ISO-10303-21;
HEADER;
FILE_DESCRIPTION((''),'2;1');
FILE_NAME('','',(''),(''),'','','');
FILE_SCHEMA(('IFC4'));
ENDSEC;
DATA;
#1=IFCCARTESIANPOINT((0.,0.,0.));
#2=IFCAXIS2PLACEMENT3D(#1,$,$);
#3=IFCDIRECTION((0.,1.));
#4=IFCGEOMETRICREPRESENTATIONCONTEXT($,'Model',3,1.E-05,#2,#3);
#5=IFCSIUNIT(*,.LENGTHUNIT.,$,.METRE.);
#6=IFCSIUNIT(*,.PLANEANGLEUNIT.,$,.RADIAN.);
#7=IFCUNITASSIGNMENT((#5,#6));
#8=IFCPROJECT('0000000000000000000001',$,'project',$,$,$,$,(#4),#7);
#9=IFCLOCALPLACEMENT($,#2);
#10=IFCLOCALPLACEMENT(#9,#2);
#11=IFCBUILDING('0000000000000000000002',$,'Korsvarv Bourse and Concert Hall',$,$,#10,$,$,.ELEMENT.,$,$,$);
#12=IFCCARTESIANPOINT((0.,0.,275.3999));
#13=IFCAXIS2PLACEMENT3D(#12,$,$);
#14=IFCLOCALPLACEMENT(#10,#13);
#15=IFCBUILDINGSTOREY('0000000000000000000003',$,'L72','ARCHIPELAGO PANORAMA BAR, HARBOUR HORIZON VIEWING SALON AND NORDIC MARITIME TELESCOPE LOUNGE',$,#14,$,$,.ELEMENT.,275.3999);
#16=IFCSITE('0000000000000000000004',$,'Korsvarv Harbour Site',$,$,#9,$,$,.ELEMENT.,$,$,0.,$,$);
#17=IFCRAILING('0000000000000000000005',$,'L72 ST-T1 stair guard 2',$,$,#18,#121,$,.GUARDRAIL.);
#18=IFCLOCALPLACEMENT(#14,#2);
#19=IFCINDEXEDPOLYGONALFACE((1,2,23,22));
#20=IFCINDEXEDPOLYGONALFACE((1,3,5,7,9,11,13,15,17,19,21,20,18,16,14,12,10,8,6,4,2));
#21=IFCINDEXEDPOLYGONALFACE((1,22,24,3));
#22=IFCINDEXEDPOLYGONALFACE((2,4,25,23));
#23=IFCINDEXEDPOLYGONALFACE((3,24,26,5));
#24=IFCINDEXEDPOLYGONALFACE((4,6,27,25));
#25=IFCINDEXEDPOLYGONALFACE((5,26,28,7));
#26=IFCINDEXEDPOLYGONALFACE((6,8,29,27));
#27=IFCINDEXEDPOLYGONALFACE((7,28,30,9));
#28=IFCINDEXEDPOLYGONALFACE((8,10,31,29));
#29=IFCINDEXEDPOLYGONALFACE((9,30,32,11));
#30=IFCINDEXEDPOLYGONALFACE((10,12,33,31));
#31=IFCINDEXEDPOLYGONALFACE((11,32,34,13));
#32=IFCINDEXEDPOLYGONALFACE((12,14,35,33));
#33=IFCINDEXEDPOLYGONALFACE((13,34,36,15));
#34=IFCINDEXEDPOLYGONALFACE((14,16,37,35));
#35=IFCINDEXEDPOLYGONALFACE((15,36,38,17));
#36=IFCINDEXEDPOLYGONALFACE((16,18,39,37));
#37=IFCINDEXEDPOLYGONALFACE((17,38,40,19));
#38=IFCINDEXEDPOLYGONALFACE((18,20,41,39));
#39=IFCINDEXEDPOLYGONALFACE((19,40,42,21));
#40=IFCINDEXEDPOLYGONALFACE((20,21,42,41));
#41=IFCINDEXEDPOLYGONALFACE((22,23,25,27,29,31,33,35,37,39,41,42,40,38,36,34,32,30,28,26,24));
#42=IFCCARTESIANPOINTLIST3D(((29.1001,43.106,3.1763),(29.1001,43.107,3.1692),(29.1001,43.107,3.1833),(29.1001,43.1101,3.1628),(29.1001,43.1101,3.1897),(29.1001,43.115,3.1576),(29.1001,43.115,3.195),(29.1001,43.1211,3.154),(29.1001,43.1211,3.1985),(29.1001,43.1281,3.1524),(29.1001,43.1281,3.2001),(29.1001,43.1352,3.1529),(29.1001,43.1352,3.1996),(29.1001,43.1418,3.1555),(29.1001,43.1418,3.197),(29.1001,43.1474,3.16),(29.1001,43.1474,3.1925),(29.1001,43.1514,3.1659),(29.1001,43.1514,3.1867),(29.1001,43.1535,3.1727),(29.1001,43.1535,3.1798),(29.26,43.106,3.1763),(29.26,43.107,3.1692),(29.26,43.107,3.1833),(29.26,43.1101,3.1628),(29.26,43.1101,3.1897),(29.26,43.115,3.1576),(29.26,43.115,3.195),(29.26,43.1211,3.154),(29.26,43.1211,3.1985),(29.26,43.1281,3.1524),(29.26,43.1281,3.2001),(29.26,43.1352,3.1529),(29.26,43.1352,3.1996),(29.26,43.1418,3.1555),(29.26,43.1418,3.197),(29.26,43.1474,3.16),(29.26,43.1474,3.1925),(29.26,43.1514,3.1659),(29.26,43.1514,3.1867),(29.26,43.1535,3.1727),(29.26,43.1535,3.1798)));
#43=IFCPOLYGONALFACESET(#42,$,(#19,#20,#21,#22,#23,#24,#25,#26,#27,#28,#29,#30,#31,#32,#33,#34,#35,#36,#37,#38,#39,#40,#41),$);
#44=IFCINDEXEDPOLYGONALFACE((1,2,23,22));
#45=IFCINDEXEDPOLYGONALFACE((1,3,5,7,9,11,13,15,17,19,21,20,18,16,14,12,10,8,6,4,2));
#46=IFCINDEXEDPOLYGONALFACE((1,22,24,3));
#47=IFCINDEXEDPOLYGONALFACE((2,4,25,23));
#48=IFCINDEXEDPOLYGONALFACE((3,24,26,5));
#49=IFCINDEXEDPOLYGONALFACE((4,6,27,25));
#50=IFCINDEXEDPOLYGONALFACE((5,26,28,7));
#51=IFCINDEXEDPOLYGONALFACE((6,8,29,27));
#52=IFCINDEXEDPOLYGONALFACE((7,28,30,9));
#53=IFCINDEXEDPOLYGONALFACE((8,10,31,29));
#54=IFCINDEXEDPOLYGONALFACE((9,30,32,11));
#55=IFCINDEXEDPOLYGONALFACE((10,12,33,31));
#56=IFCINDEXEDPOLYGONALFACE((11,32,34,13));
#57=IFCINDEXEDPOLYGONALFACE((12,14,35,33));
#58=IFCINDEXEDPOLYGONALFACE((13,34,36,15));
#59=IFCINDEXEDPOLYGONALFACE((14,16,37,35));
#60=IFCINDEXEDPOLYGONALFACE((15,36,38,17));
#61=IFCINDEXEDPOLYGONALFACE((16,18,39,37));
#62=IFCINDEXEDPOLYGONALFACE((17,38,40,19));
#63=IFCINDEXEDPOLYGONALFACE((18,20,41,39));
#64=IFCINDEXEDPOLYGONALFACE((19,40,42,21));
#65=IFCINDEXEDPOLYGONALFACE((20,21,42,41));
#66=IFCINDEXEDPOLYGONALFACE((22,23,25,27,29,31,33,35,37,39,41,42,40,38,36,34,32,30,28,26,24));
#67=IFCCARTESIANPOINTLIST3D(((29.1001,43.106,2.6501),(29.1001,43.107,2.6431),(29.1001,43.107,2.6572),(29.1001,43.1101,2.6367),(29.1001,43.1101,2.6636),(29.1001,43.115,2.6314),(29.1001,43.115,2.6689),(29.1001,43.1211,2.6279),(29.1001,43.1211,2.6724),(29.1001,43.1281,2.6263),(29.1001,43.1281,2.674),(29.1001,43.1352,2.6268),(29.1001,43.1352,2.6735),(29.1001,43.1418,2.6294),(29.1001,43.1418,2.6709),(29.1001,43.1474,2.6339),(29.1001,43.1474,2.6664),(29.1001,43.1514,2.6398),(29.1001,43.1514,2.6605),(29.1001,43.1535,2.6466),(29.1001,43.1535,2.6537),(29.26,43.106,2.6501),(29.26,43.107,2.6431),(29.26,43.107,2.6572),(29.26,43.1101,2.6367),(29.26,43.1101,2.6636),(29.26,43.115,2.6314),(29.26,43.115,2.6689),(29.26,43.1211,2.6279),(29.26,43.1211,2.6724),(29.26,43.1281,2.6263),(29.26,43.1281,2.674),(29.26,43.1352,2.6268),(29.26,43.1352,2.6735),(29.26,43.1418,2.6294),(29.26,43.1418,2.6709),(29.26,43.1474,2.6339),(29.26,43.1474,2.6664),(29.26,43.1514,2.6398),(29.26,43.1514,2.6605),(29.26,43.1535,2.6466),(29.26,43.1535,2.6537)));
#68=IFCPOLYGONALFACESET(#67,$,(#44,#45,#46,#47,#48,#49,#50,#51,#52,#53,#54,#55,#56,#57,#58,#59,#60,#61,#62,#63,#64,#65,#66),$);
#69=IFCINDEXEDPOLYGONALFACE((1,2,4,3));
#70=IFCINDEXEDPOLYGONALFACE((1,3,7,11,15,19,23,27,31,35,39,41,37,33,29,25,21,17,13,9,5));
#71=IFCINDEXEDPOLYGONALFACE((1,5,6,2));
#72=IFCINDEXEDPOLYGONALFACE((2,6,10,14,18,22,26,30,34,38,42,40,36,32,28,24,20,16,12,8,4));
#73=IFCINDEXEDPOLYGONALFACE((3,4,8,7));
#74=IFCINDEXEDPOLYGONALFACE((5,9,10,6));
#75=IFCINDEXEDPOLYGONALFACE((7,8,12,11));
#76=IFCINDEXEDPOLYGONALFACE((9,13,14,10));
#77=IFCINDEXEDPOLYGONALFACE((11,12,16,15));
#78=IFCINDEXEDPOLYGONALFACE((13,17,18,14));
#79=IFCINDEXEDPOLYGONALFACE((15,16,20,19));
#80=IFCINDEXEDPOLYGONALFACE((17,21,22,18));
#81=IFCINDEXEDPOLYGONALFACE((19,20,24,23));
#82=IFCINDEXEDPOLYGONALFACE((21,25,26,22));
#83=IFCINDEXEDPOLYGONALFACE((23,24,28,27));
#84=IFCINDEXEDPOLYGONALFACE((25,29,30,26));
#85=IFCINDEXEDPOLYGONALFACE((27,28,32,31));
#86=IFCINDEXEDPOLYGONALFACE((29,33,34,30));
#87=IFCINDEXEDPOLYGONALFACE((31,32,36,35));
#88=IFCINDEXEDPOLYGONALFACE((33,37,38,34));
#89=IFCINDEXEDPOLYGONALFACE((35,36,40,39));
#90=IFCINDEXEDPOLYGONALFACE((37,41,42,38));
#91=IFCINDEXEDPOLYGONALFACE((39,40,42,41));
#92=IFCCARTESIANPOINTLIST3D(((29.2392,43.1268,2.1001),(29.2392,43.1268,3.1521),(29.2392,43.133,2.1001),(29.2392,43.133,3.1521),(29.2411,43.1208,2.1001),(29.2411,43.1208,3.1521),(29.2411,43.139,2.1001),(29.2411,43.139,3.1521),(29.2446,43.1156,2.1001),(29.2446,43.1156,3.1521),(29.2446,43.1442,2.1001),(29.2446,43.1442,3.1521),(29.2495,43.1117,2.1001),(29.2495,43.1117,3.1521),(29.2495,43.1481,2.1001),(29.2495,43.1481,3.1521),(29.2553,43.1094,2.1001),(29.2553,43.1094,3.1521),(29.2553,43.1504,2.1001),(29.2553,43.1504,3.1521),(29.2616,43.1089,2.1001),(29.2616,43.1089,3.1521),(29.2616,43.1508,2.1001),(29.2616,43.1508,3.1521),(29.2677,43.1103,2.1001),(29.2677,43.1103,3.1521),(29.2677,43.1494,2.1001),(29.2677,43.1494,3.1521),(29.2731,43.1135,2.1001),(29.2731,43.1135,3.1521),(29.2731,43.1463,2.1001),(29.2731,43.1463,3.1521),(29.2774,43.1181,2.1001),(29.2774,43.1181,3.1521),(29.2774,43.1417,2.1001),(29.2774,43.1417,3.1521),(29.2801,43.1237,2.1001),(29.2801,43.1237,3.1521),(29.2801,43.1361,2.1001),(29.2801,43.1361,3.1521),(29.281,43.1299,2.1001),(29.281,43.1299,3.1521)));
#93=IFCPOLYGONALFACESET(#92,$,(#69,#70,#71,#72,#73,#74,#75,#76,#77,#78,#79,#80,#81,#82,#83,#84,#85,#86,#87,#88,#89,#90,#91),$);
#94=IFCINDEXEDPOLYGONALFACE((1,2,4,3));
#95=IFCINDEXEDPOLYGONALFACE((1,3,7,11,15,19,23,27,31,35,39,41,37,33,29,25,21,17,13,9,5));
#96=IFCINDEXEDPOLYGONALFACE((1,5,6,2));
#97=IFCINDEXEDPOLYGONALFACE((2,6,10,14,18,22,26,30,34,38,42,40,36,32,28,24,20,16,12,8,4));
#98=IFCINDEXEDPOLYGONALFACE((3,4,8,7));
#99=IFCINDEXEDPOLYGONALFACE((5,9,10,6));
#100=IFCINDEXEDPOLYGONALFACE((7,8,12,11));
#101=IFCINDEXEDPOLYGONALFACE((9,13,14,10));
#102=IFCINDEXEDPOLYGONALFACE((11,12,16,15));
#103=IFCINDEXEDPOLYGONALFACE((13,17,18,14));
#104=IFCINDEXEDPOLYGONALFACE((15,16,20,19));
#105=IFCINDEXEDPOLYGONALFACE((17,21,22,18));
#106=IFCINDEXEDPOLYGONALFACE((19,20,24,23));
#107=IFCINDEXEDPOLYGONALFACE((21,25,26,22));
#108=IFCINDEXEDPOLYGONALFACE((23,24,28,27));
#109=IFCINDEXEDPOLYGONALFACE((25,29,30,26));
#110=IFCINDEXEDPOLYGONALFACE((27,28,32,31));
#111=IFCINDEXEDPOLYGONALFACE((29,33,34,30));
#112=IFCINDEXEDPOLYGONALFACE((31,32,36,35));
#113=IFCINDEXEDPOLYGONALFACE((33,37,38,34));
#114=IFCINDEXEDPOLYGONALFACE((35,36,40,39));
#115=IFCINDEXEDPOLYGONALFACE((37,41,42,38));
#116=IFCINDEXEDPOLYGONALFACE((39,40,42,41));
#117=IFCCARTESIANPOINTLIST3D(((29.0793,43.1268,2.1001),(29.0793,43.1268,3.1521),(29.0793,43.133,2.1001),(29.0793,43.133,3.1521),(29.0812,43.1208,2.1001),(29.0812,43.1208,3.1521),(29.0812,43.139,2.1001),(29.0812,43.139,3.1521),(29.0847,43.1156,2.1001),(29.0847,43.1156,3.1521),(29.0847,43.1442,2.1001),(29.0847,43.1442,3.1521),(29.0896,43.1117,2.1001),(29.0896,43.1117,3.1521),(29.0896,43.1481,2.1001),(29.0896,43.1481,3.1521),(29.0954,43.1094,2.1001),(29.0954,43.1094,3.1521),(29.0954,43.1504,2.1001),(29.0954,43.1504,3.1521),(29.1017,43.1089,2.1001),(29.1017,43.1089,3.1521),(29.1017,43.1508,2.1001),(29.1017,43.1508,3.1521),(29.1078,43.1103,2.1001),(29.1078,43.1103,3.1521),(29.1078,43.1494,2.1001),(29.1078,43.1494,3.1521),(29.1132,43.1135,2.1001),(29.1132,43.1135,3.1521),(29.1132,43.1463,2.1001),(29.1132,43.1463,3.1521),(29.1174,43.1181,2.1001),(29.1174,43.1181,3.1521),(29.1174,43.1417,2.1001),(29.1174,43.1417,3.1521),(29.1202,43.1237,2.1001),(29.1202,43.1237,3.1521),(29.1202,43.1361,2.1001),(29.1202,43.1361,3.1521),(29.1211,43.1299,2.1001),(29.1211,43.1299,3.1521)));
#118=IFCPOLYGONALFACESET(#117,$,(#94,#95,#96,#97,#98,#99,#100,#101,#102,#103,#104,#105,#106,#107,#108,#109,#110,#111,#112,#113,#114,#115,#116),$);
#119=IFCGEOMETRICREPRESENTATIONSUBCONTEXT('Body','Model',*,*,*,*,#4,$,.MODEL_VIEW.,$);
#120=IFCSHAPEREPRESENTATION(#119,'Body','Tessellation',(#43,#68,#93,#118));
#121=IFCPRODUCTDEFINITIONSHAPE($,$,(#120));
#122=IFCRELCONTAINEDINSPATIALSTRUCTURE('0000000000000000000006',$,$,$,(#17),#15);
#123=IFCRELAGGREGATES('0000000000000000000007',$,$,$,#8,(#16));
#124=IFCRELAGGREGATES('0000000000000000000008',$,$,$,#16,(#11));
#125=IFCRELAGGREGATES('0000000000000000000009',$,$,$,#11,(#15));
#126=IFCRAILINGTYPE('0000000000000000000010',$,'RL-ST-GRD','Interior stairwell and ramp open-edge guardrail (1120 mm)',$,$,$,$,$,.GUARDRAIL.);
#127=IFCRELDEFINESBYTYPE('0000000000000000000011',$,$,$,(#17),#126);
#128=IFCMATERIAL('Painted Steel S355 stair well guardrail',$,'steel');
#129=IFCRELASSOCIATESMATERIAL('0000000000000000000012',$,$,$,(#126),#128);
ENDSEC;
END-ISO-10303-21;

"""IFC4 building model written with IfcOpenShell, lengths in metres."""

from ifc_helpers import new_model, si_unit, direction, frame, origin, origin_2d, place, context, subcontext, project, spatial, circle, extrude, material, type_object, element, save


model = new_model("IFC4")

# Units and contexts
model_context = context("Model", 3, precision=1e-05, world=origin(), true_north=direction((0.0, 1.0)))
body_context = subcontext(model_context, "Body", "Model", "MODEL_VIEW")
ifc_project = project(units=[si_unit("LENGTHUNIT", "METRE"), si_unit("PLANEANGLEUNIT", "RADIAN")], contexts=[model_context])

# Site, building, storey
site_placement = place(None, origin())
site = spatial("IfcSite", under=ifc_project, at=site_placement, Name="Korsvarv Harbour Site", CompositionType="ELEMENT", RefElevation=0.0)
building_placement = place(site_placement, origin())
building = spatial("IfcBuilding", under=site, at=building_placement, Name="Korsvarv Bourse and Concert Hall", CompositionType="ELEMENT")
storey_placement = place(building_placement, frame((0.0, 0.0, 275.3999)))
storey = spatial("IfcBuildingStorey", under=building, at=storey_placement, Name="L72", Description="ARCHIPELAGO PANORAMA BAR, HARBOUR HORIZON VIEWING SALON AND NORDIC MARITIME TELESCOPE LOUNGE", CompositionType="ELEMENT", Elevation=275.3999)

# Railing
ifc_material_1 = material(Name="Painted Steel S355 stair well guardrail", Category="steel")
railing_type_1 = type_object("IfcRailingType", Name="RL-ST-GRD", Description="Interior stairwell and ramp open-edge guardrail (1120 mm)", PredefinedType="GUARDRAIL", material=ifc_material_1)
railing_1_placement = place(storey_placement, frame((29.26, 43.1299, 2.1001)))
element("IfcRailing", 1, at=railing_1_placement, inside=storey, type_object=railing_type_1, Name="L72 ST-T1 stair guard 2", PredefinedType="GUARDRAIL", context=body_context, shape_type="SweptSolid", body=[
    extrude(circle(Radius=0.0239, at=origin_2d()), frame((0.0, 0.0, 1.0762), z_axis=(-1.0, 0.0, 0.0), x_axis=(0.0, -1.0, 0.0)), (0.0, 0.0, 1.0), 0.1599),
    extrude(circle(Radius=0.0239, at=origin_2d()), frame((0.0, 0.0, 0.55), z_axis=(-1.0, 0.0, 0.0), x_axis=(0.0, -1.0, 0.0)), (0.0, 0.0, 1.0), 0.1599),
    extrude(circle(Radius=0.021, at=origin_2d()), origin(), (0.0, 0.0, 1.0), 1.052),
    extrude(circle(Radius=0.021, at=origin_2d()), frame((-0.1599, 0.0, 0.0)), (0.0, 0.0, 1.0), 1.052),
])

save(model, "model.ifc")
